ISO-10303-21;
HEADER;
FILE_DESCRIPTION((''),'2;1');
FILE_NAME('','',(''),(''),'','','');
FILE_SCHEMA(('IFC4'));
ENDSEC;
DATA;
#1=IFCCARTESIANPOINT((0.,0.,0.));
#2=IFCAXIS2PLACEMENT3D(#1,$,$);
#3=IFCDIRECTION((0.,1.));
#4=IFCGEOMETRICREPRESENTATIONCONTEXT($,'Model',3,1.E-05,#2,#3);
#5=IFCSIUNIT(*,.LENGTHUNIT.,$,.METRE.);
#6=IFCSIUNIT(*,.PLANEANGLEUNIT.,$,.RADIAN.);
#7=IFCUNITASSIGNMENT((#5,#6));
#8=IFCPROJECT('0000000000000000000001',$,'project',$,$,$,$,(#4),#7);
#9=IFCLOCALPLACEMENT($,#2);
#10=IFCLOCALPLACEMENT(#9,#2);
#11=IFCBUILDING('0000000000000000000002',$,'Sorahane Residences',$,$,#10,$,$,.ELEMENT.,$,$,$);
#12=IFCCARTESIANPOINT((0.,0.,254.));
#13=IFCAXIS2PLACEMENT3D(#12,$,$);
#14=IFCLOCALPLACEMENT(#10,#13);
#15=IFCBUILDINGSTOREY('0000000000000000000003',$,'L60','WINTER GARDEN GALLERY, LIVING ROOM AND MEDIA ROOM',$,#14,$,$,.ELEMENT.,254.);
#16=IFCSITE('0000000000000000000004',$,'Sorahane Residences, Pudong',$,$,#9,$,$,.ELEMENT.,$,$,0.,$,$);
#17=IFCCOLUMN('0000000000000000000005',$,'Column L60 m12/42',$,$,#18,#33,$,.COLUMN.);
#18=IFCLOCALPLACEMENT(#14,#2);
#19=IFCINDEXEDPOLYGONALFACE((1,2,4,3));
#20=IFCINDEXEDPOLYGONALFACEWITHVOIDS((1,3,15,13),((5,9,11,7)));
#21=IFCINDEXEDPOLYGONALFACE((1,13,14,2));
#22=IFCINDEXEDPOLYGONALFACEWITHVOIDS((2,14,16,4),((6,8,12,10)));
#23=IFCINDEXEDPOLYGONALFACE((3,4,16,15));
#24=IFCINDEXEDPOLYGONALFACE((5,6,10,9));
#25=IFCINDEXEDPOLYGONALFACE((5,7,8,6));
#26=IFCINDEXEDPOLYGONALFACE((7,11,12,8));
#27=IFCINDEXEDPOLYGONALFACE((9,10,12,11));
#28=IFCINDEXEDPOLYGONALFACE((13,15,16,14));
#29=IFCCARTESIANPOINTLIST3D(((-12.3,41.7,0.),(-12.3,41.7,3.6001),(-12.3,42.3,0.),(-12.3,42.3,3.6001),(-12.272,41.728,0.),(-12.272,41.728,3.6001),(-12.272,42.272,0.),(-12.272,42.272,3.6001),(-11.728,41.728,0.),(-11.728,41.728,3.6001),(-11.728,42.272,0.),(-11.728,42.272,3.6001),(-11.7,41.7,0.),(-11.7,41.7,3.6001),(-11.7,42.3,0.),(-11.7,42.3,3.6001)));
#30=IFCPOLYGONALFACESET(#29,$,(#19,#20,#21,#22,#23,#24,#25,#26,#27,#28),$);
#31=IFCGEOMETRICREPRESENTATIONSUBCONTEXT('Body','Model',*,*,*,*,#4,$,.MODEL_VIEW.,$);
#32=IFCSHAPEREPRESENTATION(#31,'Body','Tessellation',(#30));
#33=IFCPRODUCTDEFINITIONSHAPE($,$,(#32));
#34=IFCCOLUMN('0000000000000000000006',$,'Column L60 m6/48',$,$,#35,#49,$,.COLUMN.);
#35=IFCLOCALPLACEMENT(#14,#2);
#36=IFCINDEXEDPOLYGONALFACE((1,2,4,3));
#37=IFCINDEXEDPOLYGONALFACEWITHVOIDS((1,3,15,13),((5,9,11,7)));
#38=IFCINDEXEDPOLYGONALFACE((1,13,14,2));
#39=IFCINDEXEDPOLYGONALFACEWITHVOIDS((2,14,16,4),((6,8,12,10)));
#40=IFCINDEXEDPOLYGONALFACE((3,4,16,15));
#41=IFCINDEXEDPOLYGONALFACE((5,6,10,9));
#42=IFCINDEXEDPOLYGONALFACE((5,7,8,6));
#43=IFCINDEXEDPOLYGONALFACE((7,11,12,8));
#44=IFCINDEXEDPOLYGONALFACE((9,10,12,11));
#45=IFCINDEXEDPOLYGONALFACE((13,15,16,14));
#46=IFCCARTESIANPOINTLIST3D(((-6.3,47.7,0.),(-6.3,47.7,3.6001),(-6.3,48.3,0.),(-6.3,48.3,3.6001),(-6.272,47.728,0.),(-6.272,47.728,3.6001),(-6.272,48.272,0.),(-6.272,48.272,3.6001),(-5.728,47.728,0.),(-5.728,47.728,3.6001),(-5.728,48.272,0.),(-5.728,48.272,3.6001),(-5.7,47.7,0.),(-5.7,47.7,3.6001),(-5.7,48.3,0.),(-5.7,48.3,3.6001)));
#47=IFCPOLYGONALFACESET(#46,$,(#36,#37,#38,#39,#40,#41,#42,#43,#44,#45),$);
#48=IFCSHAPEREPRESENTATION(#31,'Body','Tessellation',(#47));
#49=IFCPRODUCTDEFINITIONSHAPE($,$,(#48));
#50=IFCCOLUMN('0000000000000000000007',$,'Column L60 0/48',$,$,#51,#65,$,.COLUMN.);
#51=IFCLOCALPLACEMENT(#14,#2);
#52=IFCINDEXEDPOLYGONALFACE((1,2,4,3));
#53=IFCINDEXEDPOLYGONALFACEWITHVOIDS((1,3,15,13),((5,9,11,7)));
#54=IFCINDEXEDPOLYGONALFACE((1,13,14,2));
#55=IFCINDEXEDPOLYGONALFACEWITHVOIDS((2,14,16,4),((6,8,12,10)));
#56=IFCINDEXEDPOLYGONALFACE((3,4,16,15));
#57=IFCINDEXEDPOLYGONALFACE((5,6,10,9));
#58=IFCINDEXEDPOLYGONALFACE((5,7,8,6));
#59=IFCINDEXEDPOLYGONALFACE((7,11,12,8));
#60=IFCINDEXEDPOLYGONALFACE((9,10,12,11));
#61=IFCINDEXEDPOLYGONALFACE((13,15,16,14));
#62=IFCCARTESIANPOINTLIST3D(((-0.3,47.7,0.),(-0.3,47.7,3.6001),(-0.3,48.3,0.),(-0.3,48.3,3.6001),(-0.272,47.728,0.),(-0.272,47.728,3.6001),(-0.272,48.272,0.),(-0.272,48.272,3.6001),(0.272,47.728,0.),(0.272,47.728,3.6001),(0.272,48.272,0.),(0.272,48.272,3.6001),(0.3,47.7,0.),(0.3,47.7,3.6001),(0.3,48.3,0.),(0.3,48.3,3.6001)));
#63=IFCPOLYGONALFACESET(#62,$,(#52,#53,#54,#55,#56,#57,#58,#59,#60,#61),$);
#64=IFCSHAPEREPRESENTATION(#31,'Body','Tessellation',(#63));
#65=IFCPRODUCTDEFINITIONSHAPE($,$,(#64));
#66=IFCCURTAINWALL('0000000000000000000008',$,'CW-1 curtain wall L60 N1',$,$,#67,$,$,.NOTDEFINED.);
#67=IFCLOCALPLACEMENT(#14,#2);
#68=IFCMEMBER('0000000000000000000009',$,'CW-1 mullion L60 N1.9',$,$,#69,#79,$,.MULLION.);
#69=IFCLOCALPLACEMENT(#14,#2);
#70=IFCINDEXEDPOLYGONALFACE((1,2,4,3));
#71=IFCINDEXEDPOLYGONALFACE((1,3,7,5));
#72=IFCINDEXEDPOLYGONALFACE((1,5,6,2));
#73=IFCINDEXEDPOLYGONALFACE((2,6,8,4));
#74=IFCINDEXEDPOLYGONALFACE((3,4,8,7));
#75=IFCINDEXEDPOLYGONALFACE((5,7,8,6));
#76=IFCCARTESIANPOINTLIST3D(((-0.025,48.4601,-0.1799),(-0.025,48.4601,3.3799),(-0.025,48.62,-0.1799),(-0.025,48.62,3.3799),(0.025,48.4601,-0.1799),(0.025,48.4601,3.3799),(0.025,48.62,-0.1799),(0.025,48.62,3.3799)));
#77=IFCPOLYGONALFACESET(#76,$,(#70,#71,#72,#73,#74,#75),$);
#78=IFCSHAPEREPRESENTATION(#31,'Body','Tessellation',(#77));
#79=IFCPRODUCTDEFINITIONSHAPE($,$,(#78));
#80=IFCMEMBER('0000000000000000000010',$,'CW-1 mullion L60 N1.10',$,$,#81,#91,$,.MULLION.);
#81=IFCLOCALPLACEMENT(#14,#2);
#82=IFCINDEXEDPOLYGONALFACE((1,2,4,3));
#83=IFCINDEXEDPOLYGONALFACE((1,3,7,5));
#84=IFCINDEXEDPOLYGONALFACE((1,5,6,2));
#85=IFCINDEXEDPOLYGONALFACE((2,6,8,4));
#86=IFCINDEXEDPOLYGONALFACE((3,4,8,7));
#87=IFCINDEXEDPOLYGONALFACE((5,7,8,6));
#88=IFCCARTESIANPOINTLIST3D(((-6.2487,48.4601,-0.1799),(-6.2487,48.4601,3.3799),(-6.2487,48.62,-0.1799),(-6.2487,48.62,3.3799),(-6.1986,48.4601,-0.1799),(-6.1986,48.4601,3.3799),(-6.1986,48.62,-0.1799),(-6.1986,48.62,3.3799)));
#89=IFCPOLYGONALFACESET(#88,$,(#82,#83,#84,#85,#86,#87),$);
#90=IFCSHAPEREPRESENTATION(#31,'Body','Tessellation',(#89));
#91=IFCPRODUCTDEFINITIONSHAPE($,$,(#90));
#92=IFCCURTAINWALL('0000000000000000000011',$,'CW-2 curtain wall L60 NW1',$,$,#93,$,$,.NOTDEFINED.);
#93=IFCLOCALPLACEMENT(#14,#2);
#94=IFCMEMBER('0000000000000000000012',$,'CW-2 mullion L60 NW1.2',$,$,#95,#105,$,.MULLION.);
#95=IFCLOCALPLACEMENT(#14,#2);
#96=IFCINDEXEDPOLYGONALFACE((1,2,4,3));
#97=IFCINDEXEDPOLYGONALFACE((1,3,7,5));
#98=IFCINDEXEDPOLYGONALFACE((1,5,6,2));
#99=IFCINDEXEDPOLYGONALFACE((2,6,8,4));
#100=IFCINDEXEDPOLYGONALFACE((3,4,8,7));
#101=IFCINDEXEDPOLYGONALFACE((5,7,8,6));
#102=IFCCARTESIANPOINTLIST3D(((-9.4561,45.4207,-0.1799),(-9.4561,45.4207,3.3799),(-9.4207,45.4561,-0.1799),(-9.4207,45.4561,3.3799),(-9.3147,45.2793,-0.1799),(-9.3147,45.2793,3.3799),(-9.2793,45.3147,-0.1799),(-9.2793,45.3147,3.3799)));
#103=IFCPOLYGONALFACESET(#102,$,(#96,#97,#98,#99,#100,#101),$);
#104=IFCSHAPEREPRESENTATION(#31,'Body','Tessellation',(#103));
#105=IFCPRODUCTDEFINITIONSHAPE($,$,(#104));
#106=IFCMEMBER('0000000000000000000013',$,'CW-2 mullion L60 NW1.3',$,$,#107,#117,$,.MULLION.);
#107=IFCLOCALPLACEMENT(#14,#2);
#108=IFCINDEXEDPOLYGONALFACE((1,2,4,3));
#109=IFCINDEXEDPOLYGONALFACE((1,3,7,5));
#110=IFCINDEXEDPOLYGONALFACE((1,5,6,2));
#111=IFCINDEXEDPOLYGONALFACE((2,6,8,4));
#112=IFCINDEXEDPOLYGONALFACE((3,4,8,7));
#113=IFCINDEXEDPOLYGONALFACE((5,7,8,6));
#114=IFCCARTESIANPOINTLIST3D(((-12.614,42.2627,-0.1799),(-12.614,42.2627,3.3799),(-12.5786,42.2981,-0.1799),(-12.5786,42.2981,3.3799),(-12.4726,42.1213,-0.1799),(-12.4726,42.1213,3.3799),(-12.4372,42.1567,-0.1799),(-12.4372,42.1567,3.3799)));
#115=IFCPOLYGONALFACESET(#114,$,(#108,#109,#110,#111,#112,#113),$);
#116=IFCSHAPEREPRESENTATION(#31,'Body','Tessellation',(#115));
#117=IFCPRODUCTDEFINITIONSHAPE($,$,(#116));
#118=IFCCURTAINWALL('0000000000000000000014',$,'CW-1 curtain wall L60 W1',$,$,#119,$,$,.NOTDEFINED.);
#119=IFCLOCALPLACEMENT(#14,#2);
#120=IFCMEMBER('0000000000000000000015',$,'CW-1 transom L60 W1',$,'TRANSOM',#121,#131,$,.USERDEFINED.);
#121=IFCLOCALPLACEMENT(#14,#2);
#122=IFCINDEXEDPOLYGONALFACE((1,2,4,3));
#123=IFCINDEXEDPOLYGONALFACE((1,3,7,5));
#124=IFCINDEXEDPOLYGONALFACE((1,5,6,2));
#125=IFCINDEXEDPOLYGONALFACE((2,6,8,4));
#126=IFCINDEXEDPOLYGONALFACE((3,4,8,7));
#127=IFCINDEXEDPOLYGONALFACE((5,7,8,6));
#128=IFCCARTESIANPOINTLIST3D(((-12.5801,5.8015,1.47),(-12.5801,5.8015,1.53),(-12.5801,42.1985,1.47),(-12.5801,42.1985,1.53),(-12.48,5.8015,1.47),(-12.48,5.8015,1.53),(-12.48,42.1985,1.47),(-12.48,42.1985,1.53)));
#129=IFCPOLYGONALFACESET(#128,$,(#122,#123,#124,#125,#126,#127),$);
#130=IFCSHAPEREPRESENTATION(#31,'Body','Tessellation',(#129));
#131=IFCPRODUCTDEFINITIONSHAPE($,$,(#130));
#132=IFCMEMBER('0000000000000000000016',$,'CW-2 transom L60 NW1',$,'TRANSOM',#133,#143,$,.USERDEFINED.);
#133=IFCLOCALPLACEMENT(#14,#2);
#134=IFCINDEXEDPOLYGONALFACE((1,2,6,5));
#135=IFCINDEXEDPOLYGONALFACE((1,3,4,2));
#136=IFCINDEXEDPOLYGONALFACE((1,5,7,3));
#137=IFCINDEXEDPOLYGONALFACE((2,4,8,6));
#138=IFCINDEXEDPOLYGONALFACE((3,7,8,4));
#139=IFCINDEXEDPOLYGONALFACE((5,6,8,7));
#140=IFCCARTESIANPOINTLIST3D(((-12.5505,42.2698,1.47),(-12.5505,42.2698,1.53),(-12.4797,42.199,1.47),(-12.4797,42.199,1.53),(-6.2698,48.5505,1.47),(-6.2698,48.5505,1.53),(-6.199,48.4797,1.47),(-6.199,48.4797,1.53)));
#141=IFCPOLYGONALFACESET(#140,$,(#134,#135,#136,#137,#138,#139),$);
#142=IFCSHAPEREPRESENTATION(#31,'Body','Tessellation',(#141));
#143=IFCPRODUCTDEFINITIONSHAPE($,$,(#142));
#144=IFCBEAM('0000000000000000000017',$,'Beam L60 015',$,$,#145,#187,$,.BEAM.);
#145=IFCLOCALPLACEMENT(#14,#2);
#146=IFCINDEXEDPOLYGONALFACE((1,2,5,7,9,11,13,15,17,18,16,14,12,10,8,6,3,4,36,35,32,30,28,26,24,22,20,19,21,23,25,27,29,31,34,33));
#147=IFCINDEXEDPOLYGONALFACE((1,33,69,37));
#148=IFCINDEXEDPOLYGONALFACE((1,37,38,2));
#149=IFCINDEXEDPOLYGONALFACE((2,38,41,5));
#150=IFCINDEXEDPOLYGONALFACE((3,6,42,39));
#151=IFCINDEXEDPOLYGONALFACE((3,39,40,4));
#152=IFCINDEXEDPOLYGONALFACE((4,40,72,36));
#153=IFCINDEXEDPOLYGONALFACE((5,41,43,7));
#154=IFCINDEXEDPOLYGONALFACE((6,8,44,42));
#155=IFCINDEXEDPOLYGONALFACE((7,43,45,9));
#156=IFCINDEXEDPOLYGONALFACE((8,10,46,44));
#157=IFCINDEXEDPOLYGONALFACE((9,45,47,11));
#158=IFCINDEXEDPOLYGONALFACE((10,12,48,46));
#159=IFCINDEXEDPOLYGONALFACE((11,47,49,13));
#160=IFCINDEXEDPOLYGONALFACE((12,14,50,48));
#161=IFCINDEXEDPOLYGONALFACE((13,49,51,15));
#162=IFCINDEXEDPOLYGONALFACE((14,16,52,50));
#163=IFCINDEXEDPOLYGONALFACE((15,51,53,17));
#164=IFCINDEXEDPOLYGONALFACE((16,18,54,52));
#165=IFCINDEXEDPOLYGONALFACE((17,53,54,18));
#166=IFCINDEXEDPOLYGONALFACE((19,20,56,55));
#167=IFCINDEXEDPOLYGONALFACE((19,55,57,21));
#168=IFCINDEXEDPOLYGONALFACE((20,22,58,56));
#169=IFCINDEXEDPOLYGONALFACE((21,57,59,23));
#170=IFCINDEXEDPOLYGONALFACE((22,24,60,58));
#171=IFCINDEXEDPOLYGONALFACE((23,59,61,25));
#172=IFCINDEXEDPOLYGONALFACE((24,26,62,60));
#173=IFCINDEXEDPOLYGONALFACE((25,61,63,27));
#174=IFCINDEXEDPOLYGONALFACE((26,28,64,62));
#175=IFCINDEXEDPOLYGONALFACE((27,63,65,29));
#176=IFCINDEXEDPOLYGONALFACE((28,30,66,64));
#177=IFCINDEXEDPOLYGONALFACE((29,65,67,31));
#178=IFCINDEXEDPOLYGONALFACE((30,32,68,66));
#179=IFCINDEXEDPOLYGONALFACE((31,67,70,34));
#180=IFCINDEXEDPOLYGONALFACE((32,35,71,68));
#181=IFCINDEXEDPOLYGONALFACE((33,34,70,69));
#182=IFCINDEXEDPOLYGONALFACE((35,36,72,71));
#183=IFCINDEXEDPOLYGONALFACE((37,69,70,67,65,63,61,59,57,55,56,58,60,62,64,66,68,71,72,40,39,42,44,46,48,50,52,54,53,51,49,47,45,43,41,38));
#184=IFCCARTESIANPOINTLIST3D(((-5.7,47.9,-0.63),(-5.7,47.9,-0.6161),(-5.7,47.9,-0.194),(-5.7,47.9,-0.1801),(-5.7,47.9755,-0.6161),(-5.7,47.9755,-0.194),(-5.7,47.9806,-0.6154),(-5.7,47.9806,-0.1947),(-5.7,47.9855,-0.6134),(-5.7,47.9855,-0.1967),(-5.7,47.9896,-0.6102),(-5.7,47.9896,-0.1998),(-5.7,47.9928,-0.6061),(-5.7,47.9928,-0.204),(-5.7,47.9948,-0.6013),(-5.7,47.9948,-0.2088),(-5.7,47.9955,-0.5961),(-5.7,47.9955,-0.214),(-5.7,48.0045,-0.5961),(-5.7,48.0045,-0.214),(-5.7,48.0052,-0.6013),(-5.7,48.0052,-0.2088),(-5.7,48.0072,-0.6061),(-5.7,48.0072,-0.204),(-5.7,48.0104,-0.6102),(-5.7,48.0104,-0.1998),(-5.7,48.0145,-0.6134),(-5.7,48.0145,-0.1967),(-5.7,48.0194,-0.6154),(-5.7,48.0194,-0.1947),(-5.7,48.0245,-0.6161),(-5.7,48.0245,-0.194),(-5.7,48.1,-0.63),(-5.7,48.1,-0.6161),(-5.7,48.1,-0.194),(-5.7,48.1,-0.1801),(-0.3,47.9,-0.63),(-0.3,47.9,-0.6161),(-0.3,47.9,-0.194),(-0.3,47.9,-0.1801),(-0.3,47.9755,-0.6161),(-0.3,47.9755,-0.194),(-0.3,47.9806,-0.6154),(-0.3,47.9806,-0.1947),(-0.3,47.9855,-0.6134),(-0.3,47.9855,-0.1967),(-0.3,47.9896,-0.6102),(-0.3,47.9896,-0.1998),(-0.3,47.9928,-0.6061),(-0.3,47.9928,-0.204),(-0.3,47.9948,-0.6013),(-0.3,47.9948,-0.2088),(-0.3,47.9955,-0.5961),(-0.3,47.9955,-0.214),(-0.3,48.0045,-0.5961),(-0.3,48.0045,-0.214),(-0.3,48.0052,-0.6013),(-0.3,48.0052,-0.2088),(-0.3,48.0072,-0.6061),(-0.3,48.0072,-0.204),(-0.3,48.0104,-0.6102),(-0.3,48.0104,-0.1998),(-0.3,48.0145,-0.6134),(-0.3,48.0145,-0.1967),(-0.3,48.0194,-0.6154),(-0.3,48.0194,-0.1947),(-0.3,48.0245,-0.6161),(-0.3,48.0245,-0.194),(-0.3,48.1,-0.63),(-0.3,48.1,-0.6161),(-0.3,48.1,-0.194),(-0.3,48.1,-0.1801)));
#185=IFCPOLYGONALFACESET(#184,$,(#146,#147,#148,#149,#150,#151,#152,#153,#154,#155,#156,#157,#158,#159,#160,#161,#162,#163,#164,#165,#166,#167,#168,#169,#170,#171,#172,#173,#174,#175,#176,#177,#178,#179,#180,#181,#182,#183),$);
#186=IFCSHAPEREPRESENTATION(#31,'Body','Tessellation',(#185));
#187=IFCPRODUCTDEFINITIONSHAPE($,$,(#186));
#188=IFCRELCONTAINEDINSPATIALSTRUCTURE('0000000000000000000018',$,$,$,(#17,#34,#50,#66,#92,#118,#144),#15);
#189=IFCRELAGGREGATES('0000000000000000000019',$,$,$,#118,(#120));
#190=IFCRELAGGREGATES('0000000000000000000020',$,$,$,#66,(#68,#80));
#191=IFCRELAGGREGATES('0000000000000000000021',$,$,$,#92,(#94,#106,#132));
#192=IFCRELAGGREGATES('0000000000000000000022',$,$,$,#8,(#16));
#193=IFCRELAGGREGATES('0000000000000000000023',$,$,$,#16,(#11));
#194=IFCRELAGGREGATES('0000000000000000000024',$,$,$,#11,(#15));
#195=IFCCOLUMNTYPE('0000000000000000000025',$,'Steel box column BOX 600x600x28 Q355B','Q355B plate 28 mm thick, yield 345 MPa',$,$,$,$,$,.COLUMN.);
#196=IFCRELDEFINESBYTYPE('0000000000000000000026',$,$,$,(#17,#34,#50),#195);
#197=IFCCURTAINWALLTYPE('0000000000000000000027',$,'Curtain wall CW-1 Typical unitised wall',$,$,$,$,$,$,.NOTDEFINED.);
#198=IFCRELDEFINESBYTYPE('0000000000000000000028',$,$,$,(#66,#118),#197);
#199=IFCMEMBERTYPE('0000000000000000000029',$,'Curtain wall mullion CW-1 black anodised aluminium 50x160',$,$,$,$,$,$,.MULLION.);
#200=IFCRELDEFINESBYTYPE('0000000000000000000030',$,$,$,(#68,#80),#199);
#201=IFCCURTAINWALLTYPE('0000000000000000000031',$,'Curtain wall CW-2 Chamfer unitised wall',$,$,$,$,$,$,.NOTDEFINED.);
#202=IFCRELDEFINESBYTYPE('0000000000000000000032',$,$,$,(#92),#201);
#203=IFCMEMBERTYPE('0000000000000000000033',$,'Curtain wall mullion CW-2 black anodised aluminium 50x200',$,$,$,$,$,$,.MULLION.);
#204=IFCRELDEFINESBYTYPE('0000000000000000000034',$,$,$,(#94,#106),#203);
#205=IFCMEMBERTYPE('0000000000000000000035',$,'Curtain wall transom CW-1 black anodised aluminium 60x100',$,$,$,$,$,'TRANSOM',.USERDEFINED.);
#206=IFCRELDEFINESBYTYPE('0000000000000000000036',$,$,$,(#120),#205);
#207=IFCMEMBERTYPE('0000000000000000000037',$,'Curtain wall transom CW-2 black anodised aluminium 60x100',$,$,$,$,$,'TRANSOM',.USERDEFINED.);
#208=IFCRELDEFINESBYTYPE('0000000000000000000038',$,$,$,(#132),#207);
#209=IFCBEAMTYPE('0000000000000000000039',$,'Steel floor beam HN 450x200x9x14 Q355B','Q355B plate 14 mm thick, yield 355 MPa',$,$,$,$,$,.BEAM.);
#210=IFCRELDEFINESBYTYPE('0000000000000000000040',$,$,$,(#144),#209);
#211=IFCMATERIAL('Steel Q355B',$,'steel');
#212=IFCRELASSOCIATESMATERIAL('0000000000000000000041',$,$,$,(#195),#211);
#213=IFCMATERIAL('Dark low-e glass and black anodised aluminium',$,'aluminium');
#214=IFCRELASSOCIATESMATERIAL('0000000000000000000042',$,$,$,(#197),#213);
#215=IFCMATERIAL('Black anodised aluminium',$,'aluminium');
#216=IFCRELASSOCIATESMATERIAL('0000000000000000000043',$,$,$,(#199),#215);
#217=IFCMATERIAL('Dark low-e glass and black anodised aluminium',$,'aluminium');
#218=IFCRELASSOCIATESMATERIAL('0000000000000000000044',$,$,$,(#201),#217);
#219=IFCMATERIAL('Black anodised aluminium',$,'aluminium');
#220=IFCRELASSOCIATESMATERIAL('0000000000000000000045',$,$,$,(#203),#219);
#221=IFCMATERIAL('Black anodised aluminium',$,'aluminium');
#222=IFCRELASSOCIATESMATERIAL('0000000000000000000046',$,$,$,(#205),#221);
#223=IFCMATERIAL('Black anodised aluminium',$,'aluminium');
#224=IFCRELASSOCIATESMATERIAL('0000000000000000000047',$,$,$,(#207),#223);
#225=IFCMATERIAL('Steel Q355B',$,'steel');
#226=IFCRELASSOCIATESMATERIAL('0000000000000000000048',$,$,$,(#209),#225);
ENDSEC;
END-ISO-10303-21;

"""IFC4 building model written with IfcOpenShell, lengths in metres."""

from ifc_helpers import new_model, si_unit, direction, frame, origin, origin_2d, place, context, subcontext, project, spatial, rectangle, hollow_rectangle, i_section, extrude, material, material_profile, profile_set, type_object, element, aggregate, save


model = new_model("IFC4")

# Units and contexts
model_context = context("Model", 3, precision=1e-05, world=origin(), true_north=direction((0.0, 1.0)))
body_context = subcontext(model_context, "Body", "Model", "MODEL_VIEW")
ifc_project = project(units=[si_unit("LENGTHUNIT", "METRE"), si_unit("PLANEANGLEUNIT", "RADIAN")], contexts=[model_context])

# Site, building, storey
site_placement = place(None, origin())
site = spatial("IfcSite", under=ifc_project, at=site_placement, Name="Sorahane Residences, Pudong", CompositionType="ELEMENT", RefElevation=0.0)
building_placement = place(site_placement, origin())
building = spatial("IfcBuilding", under=site, at=building_placement, Name="Sorahane Residences", CompositionType="ELEMENT")
storey_placement = place(building_placement, frame((0.0, 0.0, 254.0)))
storey = spatial("IfcBuildingStorey", under=building, at=storey_placement, Name="L60", Description="WINTER GARDEN GALLERY, LIVING ROOM AND MEDIA ROOM", CompositionType="ELEMENT", Elevation=254.0)

# Columns
ifc_material_1 = material(Name="Steel Q355B", Category="steel")
ifc_material_profile_1 = material_profile(ifc_material_1, hollow_rectangle(XDim=0.6001, YDim=0.6001, WallThickness=0.0281, at=origin_2d()), Name="BOX 600x600x28")
ifc_profile_set_1 = profile_set([ifc_material_profile_1], Name="Steel Q355B")
column_type = type_object("IfcColumnType", Name="Steel box column BOX 600x600x28 Q355B", Description="Q355B plate 28 mm thick, yield 345 MPa", PredefinedType="COLUMN", material=ifc_profile_set_1)
for number, where, z_axis, x_axis, name in (
    (1, (-12.0, 42.0, 0.0), (0.0, 0.0, 1.0), (1.0, 0.0, 0.0), "Column L60 m12/42"),
    (2, (-6.0, 48.0, 0.0), (0.0, 0.0, 1.0), (1.0, 0.0, 0.0), "Column L60 m6/48"),
    (3, (0.0, 48.0, 0.0), (0.0, 0.0, 1.0), (1.0, 0.0, 0.0), "Column L60 0/48"),
):
    element("IfcColumn", number, at=place(storey_placement, frame(where, z_axis=z_axis, x_axis=x_axis)), inside=storey, type_object=column_type, Name=name, PredefinedType="COLUMN", context=body_context, shape_type="SweptSolid", body=[
        extrude(hollow_rectangle(XDim=0.6001, YDim=0.6001, WallThickness=0.0281, at=origin_2d()), origin(), (0.0, 0.0, 1.0), 3.6001),
    ])

# Curtain walls, members
ifc_material_2 = material(Name="Dark low-e glass and black anodised aluminium", Category="aluminium")
curtain_wall_type_1 = type_object("IfcCurtainWallType", Name="Curtain wall CW-1 Typical unitised wall", PredefinedType="NOTDEFINED", material=ifc_material_2)
curtain_wall_1_placement = place(storey_placement, origin())
curtain_wall_1 = element("IfcCurtainWall", 4, at=curtain_wall_1_placement, inside=storey, type_object=curtain_wall_type_1, Name="CW-1 curtain wall L60 N1", PredefinedType="NOTDEFINED")
ifc_material_3 = material(Name="Black anodised aluminium", Category="aluminium")
ifc_material_profile_2 = material_profile(ifc_material_3, rectangle(XDim=0.1599, YDim=0.05, at=origin_2d()), Name="Curtain wall mullion CW-1 black anodised aluminium 50x160")
ifc_profile_set_2 = profile_set([ifc_material_profile_2], Name="Black anodised aluminium")
member_type_1 = type_object("IfcMemberType", Name="Curtain wall mullion CW-1 black anodised aluminium 50x160", PredefinedType="MULLION", material=ifc_profile_set_2)
member_1_placement = place(storey_placement, frame((0.0, 48.54, -0.1799), z_axis=(0.0, 0.0, 1.0), x_axis=(0.0, 1.0, 0.0)))
member_1 = element("IfcMember", 5, at=member_1_placement, type_object=member_type_1, Name="CW-1 mullion L60 N1.9", PredefinedType="MULLION", context=body_context, shape_type="SweptSolid", body=[
    extrude(rectangle(XDim=0.1599, YDim=0.05, at=origin_2d()), origin(), (0.0, 0.0, 1.0), 3.5598),
])
member_2_placement = place(storey_placement, frame((-6.2236, 48.54, -0.1799), z_axis=(0.0, 0.0, 1.0), x_axis=(0.0, 1.0, 0.0)))
member_2 = element("IfcMember", 6, at=member_2_placement, type_object=member_type_1, Name="CW-1 mullion L60 N1.10", PredefinedType="MULLION", context=body_context, shape_type="SweptSolid", body=[
    extrude(rectangle(XDim=0.1599, YDim=0.05, at=origin_2d()), origin(), (0.0, 0.0, 1.0), 3.5598),
])
ifc_material_4 = material(Name="Dark low-e glass and black anodised aluminium", Category="aluminium")
curtain_wall_type_2 = type_object("IfcCurtainWallType", Name="Curtain wall CW-2 Chamfer unitised wall", PredefinedType="NOTDEFINED", material=ifc_material_4)
curtain_wall_2_placement = place(storey_placement, origin())
curtain_wall_2 = element("IfcCurtainWall", 7, at=curtain_wall_2_placement, inside=storey, type_object=curtain_wall_type_2, Name="CW-2 curtain wall L60 NW1", PredefinedType="NOTDEFINED")
ifc_material_5 = material(Name="Black anodised aluminium", Category="aluminium")
ifc_material_profile_3 = material_profile(ifc_material_5, rectangle(XDim=0.2, YDim=0.05, at=origin_2d()), Name="Curtain wall mullion CW-2 black anodised aluminium 50x200")
ifc_profile_set_3 = profile_set([ifc_material_profile_3], Name="Black anodised aluminium")
member_type_2 = type_object("IfcMemberType", Name="Curtain wall mullion CW-2 black anodised aluminium 50x200", PredefinedType="MULLION", material=ifc_profile_set_3)
member_3_placement = place(storey_placement, frame((-9.3677, 45.3677, -0.1799), z_axis=(0.0, 0.0, 1.0), x_axis=(-0.707107, 0.707107, 0.0)))
member_3 = element("IfcMember", 8, at=member_3_placement, type_object=member_type_2, Name="CW-2 mullion L60 NW1.2", PredefinedType="MULLION", context=body_context, shape_type="SweptSolid", body=[
    extrude(rectangle(XDim=0.2, YDim=0.05, at=origin_2d()), origin(), (0.0, 0.0, 1.0), 3.5598),
])
member_4_placement = place(storey_placement, frame((-12.5256, 42.2097, -0.1799), z_axis=(0.0, 0.0, 1.0), x_axis=(-0.707107, 0.707107, 0.0)))
member_4 = element("IfcMember", 9, at=member_4_placement, type_object=member_type_2, Name="CW-2 mullion L60 NW1.3", PredefinedType="MULLION", context=body_context, shape_type="SweptSolid", body=[
    extrude(rectangle(XDim=0.2, YDim=0.05, at=origin_2d()), origin(), (0.0, 0.0, 1.0), 3.5598),
])

# Curtain wall, member
curtain_wall_3_placement = place(storey_placement, origin())
curtain_wall_3 = element("IfcCurtainWall", 10, at=curtain_wall_3_placement, inside=storey, type_object=curtain_wall_type_1, Name="CW-1 curtain wall L60 W1", PredefinedType="NOTDEFINED")
ifc_material_6 = material(Name="Black anodised aluminium", Category="aluminium")
ifc_material_profile_4 = material_profile(ifc_material_6, rectangle(XDim=0.1001, YDim=0.0601, at=origin_2d()), Name="Curtain wall transom CW-1 black anodised aluminium 60x100")
ifc_profile_set_4 = profile_set([ifc_material_profile_4], Name="Black anodised aluminium")
member_type_3 = type_object("IfcMemberType", Name="Curtain wall transom CW-1 black anodised aluminium 60x100", ElementType="TRANSOM", PredefinedType="USERDEFINED", material=ifc_profile_set_4)
member_5_placement = place(storey_placement, frame((-12.53, 42.1985, 1.5), z_axis=(0.0, -1.0, 0.0), x_axis=(1.0, 0.0, 0.0)))
member_5 = element("IfcMember", 11, at=member_5_placement, type_object=member_type_3, Name="CW-1 transom L60 W1", ObjectType="TRANSOM", PredefinedType="USERDEFINED", context=body_context, shape_type="SweptSolid", body=[
    extrude(rectangle(XDim=0.1001, YDim=0.0601, at=origin_2d()), origin(), (0.0, 0.0, 1.0), 36.397),
])
aggregate(curtain_wall_3, [member_5])

# Member
ifc_material_7 = material(Name="Black anodised aluminium", Category="aluminium")
ifc_material_profile_5 = material_profile(ifc_material_7, rectangle(XDim=0.1001, YDim=0.0601, at=origin_2d()), Name="Curtain wall transom CW-2 black anodised aluminium 60x100")
ifc_profile_set_5 = profile_set([ifc_material_profile_5], Name="Black anodised aluminium")
member_type_4 = type_object("IfcMemberType", Name="Curtain wall transom CW-2 black anodised aluminium 60x100", ElementType="TRANSOM", PredefinedType="USERDEFINED", material=ifc_profile_set_5)
member_6_placement = place(storey_placement, frame((-6.2344, 48.5151, 1.5), z_axis=(-0.707107, -0.707107, 0.0), x_axis=(0.707107, -0.707107, 0.0)))
member_6 = element("IfcMember", 12, at=member_6_placement, type_object=member_type_4, Name="CW-2 transom L60 NW1", ObjectType="TRANSOM", PredefinedType="USERDEFINED", context=body_context, shape_type="SweptSolid", body=[
    extrude(rectangle(XDim=0.1001, YDim=0.0601, at=origin_2d()), origin(), (0.0, 0.0, 1.0), 8.8823),
])

# Beam
ifc_material_8 = material(Name="Steel Q355B", Category="steel")
ifc_material_profile_6 = material_profile(ifc_material_8, i_section(OverallWidth=0.2, OverallDepth=0.45, WebThickness=0.009, FlangeThickness=0.0139, FilletRadius=0.02, at=origin_2d()), Name="HN 450x200x9x14")
ifc_profile_set_6 = profile_set([ifc_material_profile_6], Name="Steel Q355B")
beam_type_1 = type_object("IfcBeamType", Name="Steel floor beam HN 450x200x9x14 Q355B", Description="Q355B plate 14 mm thick, yield 355 MPa", PredefinedType="BEAM", material=ifc_profile_set_6)
beam_1_placement = place(storey_placement, frame((-5.7, 48.0, -0.405), z_axis=(1.0, 0.0, 0.0), x_axis=(0.0, 1.0, 0.0)))
element("IfcBeam", 13, at=beam_1_placement, inside=storey, type_object=beam_type_1, Name="Beam L60 015", PredefinedType="BEAM", context=body_context, shape_type="SweptSolid", body=[
    extrude(i_section(OverallWidth=0.2, OverallDepth=0.45, WebThickness=0.009, FlangeThickness=0.0139, FilletRadius=0.02, at=origin_2d()), origin(), (0.0, 0.0, 1.0), 5.3999),
])

aggregate(curtain_wall_1, [member_1, member_2])
aggregate(curtain_wall_2, [member_3, member_4, member_6])

save(model, "model.ifc")
